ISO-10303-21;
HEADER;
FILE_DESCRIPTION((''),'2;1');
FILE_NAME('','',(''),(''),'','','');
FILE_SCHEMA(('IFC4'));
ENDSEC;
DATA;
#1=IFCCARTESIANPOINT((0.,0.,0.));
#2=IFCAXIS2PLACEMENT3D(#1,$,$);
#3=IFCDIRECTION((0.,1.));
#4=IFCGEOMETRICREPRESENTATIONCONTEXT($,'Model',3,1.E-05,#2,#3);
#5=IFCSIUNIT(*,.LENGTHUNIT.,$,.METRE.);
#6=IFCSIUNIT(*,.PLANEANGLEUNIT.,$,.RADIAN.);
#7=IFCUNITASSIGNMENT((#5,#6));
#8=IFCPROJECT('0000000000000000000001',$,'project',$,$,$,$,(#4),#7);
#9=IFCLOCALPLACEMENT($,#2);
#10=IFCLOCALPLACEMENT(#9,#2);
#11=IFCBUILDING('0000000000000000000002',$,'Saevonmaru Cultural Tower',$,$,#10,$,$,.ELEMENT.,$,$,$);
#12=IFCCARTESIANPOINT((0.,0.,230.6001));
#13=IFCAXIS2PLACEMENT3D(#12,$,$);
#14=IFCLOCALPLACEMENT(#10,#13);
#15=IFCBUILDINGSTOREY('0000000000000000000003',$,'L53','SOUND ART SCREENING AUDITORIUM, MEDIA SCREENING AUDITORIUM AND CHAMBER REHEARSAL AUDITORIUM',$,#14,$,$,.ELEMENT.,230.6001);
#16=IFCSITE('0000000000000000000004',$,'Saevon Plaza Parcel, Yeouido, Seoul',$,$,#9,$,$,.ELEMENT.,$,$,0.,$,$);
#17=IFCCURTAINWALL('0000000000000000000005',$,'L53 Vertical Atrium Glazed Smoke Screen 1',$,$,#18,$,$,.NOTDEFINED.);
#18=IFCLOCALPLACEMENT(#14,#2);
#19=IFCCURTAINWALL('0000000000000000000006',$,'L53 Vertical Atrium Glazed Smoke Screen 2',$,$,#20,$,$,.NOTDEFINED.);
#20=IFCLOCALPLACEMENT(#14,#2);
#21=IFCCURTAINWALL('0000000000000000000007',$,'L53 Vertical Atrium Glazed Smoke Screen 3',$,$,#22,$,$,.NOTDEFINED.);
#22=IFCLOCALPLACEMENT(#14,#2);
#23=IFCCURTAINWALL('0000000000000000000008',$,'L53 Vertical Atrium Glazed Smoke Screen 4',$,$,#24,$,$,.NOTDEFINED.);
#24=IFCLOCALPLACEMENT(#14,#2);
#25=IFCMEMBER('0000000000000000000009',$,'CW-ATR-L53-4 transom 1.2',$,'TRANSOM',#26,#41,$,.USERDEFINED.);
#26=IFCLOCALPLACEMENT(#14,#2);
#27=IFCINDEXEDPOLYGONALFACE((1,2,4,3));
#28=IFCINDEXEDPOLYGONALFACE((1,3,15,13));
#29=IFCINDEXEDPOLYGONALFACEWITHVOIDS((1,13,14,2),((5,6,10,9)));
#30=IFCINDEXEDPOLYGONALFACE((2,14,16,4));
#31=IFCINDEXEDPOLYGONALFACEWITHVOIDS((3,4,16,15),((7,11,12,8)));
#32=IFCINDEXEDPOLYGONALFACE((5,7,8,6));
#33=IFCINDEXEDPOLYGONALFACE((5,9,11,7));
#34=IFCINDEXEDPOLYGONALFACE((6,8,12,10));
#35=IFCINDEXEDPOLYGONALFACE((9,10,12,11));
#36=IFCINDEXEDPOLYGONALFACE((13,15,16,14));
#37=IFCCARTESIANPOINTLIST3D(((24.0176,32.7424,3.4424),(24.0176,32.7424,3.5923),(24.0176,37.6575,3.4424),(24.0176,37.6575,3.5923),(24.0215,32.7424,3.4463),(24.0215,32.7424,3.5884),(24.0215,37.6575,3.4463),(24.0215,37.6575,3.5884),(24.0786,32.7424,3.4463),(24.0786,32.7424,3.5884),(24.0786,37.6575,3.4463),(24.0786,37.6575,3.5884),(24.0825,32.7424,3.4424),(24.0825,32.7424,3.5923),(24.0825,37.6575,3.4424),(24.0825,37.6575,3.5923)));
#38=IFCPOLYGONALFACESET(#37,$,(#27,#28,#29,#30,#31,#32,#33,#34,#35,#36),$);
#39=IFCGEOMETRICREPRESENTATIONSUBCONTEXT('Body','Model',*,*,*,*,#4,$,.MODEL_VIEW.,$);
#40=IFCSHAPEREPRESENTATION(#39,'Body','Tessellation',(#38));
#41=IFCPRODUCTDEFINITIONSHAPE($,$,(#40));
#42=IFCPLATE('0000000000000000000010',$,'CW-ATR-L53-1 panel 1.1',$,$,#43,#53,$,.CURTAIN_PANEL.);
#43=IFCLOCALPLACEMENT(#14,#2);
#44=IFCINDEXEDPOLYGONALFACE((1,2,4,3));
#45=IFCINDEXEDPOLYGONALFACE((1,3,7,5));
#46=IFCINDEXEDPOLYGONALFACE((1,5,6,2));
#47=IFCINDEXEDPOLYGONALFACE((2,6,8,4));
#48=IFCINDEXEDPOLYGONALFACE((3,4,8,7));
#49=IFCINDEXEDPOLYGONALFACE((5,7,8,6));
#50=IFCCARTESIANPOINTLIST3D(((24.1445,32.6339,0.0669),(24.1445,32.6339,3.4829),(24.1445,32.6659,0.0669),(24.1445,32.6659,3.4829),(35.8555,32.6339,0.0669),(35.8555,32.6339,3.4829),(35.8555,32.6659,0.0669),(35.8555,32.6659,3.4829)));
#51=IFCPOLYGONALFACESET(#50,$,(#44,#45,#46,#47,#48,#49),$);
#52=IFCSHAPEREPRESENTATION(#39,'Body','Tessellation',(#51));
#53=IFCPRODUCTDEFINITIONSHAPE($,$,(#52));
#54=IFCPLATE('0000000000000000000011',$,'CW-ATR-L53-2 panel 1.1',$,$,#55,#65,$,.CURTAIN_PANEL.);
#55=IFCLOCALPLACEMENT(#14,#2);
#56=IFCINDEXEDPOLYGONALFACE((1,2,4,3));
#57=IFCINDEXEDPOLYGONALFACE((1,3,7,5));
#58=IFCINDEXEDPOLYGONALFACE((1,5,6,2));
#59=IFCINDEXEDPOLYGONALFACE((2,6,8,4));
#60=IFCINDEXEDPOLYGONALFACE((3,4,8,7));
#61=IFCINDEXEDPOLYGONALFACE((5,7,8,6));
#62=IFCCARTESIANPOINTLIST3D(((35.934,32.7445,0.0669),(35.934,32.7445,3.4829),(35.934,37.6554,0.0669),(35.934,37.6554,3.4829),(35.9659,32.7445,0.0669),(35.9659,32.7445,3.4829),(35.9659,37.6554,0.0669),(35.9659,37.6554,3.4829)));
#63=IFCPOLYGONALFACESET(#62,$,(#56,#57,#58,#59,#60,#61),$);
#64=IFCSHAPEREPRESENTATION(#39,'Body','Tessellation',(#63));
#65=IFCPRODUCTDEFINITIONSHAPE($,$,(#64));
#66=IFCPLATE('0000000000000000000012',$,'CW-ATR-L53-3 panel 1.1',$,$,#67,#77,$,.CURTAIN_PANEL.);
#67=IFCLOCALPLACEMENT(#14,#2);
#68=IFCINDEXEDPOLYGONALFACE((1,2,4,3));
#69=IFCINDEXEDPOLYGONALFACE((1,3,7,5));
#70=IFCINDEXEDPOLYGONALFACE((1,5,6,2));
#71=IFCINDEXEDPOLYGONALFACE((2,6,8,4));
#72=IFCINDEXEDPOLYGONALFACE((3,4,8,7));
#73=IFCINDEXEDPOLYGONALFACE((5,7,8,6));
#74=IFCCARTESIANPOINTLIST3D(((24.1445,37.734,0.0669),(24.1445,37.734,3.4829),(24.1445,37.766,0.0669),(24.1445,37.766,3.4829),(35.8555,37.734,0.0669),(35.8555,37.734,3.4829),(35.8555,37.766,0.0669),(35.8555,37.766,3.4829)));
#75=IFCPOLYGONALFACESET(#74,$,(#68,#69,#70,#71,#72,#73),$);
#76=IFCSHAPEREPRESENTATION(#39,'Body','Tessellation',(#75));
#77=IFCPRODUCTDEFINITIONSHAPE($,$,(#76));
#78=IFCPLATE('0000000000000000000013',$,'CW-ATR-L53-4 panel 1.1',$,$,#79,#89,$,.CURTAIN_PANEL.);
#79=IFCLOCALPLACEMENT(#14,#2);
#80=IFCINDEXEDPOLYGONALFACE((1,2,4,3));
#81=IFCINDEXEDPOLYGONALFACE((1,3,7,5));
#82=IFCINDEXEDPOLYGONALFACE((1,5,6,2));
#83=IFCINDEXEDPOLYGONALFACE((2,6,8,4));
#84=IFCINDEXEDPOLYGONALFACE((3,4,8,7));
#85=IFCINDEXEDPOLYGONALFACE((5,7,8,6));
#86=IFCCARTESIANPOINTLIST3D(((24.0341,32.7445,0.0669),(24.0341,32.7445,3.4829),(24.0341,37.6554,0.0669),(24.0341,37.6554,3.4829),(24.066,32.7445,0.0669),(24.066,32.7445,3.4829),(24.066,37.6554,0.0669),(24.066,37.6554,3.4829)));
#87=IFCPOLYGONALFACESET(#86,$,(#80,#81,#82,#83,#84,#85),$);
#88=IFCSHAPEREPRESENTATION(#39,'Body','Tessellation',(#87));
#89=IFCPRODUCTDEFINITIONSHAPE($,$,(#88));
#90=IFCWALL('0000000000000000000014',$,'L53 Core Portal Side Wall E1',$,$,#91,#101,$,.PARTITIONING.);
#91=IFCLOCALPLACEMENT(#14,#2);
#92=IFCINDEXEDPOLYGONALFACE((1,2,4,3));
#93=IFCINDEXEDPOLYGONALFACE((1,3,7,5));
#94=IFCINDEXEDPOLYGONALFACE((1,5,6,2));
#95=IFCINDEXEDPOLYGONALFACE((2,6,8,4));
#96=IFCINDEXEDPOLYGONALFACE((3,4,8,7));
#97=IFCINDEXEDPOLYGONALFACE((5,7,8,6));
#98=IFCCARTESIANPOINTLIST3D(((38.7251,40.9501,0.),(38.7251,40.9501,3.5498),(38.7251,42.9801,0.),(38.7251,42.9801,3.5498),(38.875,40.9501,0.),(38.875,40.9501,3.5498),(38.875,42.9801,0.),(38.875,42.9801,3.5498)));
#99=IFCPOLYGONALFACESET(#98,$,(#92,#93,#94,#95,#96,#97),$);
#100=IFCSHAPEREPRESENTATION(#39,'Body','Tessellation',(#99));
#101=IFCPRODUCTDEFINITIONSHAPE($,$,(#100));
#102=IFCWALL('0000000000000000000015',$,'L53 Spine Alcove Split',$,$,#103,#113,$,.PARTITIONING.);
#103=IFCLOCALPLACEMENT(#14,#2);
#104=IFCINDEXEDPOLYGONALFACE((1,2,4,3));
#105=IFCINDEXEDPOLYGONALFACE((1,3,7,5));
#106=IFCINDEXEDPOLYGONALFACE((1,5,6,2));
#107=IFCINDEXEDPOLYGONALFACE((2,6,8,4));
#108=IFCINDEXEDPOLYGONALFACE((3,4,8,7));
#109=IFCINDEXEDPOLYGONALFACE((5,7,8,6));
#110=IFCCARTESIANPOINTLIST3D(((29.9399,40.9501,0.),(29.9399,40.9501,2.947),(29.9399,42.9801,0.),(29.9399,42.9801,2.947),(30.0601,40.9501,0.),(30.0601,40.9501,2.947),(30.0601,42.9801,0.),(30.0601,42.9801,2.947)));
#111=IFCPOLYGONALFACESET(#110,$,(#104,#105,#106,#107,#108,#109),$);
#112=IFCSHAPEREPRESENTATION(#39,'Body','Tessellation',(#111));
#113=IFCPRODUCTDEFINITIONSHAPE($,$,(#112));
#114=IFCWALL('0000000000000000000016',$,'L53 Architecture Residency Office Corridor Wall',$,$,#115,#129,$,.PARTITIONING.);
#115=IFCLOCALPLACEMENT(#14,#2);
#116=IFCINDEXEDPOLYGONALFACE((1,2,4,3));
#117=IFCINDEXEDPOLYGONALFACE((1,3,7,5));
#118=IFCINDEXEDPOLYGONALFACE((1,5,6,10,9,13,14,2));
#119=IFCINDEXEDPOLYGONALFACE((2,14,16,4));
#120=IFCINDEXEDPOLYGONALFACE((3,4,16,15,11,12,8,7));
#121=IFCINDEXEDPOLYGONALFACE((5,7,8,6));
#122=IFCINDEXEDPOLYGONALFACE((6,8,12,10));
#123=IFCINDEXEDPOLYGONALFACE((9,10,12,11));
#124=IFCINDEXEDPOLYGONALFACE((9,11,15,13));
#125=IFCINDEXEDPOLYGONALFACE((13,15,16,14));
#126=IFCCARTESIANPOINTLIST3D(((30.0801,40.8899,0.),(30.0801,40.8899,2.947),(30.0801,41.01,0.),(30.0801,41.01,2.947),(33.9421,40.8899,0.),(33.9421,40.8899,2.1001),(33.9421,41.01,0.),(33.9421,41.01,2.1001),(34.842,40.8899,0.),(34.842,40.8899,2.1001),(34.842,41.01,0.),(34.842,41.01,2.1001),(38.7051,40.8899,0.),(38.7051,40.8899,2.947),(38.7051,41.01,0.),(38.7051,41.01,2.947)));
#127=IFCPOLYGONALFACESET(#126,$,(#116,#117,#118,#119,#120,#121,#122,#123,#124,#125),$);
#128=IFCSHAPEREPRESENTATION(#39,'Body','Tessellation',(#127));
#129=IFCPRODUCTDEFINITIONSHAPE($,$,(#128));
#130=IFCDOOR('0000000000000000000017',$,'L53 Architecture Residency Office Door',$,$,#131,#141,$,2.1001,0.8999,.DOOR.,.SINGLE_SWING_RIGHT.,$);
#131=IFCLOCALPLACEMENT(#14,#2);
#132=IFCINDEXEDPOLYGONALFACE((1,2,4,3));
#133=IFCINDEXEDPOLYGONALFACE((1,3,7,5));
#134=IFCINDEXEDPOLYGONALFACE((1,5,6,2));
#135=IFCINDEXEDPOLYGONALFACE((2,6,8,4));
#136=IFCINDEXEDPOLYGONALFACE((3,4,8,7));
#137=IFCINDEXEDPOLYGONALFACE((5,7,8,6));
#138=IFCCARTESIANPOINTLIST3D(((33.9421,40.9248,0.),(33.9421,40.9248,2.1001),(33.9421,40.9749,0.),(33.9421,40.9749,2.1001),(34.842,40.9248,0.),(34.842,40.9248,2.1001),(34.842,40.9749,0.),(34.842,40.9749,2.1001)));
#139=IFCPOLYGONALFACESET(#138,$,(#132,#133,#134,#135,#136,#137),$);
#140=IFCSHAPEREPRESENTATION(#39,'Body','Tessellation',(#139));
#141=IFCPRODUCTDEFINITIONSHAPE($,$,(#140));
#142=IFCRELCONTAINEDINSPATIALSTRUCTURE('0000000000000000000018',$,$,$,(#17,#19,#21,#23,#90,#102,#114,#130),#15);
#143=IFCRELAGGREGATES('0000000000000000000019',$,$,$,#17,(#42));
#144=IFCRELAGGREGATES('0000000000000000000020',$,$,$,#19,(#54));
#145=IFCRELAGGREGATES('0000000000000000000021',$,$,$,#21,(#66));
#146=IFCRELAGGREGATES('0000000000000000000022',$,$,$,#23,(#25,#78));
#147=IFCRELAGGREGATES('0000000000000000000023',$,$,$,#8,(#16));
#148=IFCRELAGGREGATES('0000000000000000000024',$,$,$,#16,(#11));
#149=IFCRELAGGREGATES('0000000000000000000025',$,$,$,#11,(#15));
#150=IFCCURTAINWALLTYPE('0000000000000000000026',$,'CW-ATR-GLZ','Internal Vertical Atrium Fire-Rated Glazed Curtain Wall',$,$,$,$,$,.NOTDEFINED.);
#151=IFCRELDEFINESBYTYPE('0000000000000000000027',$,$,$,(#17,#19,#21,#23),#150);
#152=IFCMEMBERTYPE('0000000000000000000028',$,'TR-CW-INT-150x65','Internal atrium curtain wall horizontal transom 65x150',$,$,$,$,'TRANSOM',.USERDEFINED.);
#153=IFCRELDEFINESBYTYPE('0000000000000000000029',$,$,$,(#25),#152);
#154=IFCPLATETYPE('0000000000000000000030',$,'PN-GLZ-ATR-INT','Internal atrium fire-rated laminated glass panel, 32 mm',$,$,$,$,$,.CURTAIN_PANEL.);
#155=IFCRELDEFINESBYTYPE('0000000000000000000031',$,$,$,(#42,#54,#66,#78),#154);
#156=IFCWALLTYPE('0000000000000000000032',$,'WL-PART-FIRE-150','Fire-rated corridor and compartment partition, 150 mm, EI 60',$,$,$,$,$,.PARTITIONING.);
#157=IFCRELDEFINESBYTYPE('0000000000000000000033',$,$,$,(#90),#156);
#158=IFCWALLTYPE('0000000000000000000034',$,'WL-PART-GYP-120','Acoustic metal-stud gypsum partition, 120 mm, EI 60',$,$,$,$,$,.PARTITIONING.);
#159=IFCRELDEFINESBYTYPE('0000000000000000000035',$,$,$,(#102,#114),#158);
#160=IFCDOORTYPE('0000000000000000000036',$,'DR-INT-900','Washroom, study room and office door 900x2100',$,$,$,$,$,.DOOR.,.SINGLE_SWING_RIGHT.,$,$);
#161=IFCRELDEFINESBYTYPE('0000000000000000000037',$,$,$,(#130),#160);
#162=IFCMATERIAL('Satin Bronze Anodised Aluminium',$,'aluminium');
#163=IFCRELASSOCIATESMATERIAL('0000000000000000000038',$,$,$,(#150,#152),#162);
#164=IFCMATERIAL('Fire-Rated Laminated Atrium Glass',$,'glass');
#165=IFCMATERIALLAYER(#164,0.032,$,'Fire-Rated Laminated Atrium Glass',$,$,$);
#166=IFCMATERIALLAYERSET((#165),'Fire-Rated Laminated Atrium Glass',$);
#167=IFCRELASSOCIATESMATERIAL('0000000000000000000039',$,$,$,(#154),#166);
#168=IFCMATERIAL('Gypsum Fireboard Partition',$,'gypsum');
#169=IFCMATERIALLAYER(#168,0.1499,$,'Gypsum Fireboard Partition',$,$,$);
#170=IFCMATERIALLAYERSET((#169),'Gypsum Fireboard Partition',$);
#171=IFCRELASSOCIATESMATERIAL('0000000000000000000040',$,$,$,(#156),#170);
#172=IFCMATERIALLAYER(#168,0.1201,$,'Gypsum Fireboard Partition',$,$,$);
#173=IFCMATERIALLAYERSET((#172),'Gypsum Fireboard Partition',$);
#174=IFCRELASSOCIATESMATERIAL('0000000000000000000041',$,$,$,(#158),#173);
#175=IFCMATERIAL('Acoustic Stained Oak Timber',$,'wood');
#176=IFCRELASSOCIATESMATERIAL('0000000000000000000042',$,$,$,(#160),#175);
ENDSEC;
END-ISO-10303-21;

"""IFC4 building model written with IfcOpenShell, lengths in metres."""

from ifc_helpers import new_model, si_unit, direction, frame, frame_2d, origin, origin_2d, place, context, subcontext, project, spatial, rectangle, hollow_rectangle, extrude, material, layer, layer_set, material_profile, profile_set, type_object, element, fill, aggregate, save


model = new_model("IFC4")

# Units and contexts
model_context = context("Model", 3, precision=1e-05, world=origin(), true_north=direction((0.0, 1.0)))
body_context = subcontext(model_context, "Body", "Model", "MODEL_VIEW")
ifc_project = project(units=[si_unit("LENGTHUNIT", "METRE"), si_unit("PLANEANGLEUNIT", "RADIAN")], contexts=[model_context])

# Site, building, storey
site_placement = place(None, origin())
site = spatial("IfcSite", under=ifc_project, at=site_placement, Name="Saevon Plaza Parcel, Yeouido, Seoul", CompositionType="ELEMENT", RefElevation=0.0)
building_placement = place(site_placement, origin())
building = spatial("IfcBuilding", under=site, at=building_placement, Name="Saevonmaru Cultural Tower", CompositionType="ELEMENT")
storey_placement = place(building_placement, frame((0.0, 0.0, 230.6001)))
storey = spatial("IfcBuildingStorey", under=building, at=storey_placement, Name="L53", Description="SOUND ART SCREENING AUDITORIUM, MEDIA SCREENING AUDITORIUM AND CHAMBER REHEARSAL AUDITORIUM", CompositionType="ELEMENT", Elevation=230.6001)

# Curtain wall
ifc_material_1 = material(Name="Satin Bronze Anodised Aluminium", Category="aluminium")
curtain_wall_type = type_object("IfcCurtainWallType", Name="CW-ATR-GLZ", Description="Internal Vertical Atrium Fire-Rated Glazed Curtain Wall", PredefinedType="NOTDEFINED", material=ifc_material_1)
curtain_wall_1_placement = place(storey_placement, origin())
curtain_wall_1 = element("IfcCurtainWall", 1, at=curtain_wall_1_placement, inside=storey, type_object=curtain_wall_type, Name="L53 Vertical Atrium Glazed Smoke Screen 1", PredefinedType="NOTDEFINED")

# Curtain walls
curtain_wall_2_placement = place(storey_placement, origin())
curtain_wall_2 = element("IfcCurtainWall", 2, at=curtain_wall_2_placement, inside=storey, type_object=curtain_wall_type, Name="L53 Vertical Atrium Glazed Smoke Screen 2", PredefinedType="NOTDEFINED")
curtain_wall_3_placement = place(storey_placement, origin())
curtain_wall_3 = element("IfcCurtainWall", 3, at=curtain_wall_3_placement, inside=storey, type_object=curtain_wall_type, Name="L53 Vertical Atrium Glazed Smoke Screen 3", PredefinedType="NOTDEFINED")

# Curtain wall
curtain_wall_4_placement = place(storey_placement, origin())
curtain_wall_4 = element("IfcCurtainWall", 4, at=curtain_wall_4_placement, inside=storey, type_object=curtain_wall_type, Name="L53 Vertical Atrium Glazed Smoke Screen 4", PredefinedType="NOTDEFINED")

# Member
ifc_material_profile_1 = material_profile(ifc_material_1, hollow_rectangle(XDim=0.0649, YDim=0.1499, WallThickness=0.0039, at=origin_2d()), Name="ALU-TRAN-150x65x4")
ifc_profile_set_1 = profile_set([ifc_material_profile_1], Name="Satin Bronze Anodised Aluminium")
member_type_1 = type_object("IfcMemberType", Name="TR-CW-INT-150x65", Description="Internal atrium curtain wall horizontal transom 65x150", ElementType="TRANSOM", PredefinedType="USERDEFINED", material=ifc_profile_set_1)
member_1_placement = place(storey_placement, frame((24.05, 37.6575, 3.5173), z_axis=(0.0, -1.0, 0.0), x_axis=(1.0, 0.0, 0.0)))
member_1 = element("IfcMember", 5, at=member_1_placement, type_object=member_type_1, Name="CW-ATR-L53-4 transom 1.2", ObjectType="TRANSOM", PredefinedType="USERDEFINED", context=body_context, shape_type="SweptSolid", body=[
    extrude(hollow_rectangle(XDim=0.0649, YDim=0.1499, WallThickness=0.0039, at=origin_2d()), origin(), (0.0, 0.0, 1.0), 4.915),
])

# Plates
ifc_material_2 = material(Name="Fire-Rated Laminated Atrium Glass", Category="glass")
ifc_layer_1 = layer(ifc_material_2, 0.032, Name="Fire-Rated Laminated Atrium Glass")
ifc_layer_set_1 = layer_set([ifc_layer_1], Name="Fire-Rated Laminated Atrium Glass")
plate_type = type_object("IfcPlateType", Name="PN-GLZ-ATR-INT", Description="Internal atrium fire-rated laminated glass panel, 32 mm", PredefinedType="CURTAIN_PANEL", material=ifc_layer_set_1)
plate_1_placement = place(storey_placement, frame((30.0, 32.6499, 0.0669), z_axis=(0.0, 0.0, 1.0), x_axis=(1.0, 0.0, 0.0)))
plate_1 = element("IfcPlate", 6, at=plate_1_placement, type_object=plate_type, Name="CW-ATR-L53-1 panel 1.1", PredefinedType="CURTAIN_PANEL", context=body_context, shape_type="SweptSolid", body=[
    extrude(rectangle(XDim=11.7109, YDim=0.032, at=origin_2d()), origin(), (0.0, 0.0, 1.0), 3.416),
])
aggregate(curtain_wall_1, [plate_1])
plate_2_placement = place(storey_placement, frame((35.95, 35.2, 0.0669), z_axis=(0.0, 0.0, 1.0), x_axis=(0.0, 1.0, 0.0)))
plate_2 = element("IfcPlate", 7, at=plate_2_placement, type_object=plate_type, Name="CW-ATR-L53-2 panel 1.1", PredefinedType="CURTAIN_PANEL", context=body_context, shape_type="SweptSolid", body=[
    extrude(rectangle(XDim=4.9109, YDim=0.032, at=origin_2d()), origin(), (0.0, 0.0, 1.0), 3.416),
])
aggregate(curtain_wall_2, [plate_2])
plate_3_placement = place(storey_placement, frame((30.0, 37.75, 0.0669), z_axis=(0.0, 0.0, 1.0), x_axis=(-1.0, 0.0, 0.0)))
plate_3 = element("IfcPlate", 8, at=plate_3_placement, type_object=plate_type, Name="CW-ATR-L53-3 panel 1.1", PredefinedType="CURTAIN_PANEL", context=body_context, shape_type="SweptSolid", body=[
    extrude(rectangle(XDim=11.7109, YDim=0.032, at=origin_2d()), origin(), (0.0, 0.0, 1.0), 3.416),
])
aggregate(curtain_wall_3, [plate_3])
plate_4_placement = place(storey_placement, frame((24.05, 35.2, 0.0669), z_axis=(0.0, 0.0, 1.0), x_axis=(0.0, -1.0, 0.0)))
plate_4 = element("IfcPlate", 9, at=plate_4_placement, type_object=plate_type, Name="CW-ATR-L53-4 panel 1.1", PredefinedType="CURTAIN_PANEL", context=body_context, shape_type="SweptSolid", body=[
    extrude(rectangle(XDim=4.9109, YDim=0.032, at=origin_2d()), origin(), (0.0, 0.0, 1.0), 3.416),
])
aggregate(curtain_wall_4, [member_1, plate_4])

# Wall
ifc_material_3 = material(Name="Gypsum Fireboard Partition", Category="gypsum")
ifc_layer_2 = layer(ifc_material_3, 0.1499, Name="Gypsum Fireboard Partition")
ifc_layer_set_2 = layer_set([ifc_layer_2], Name="Gypsum Fireboard Partition")
wall_type_1 = type_object("IfcWallType", Name="WL-PART-FIRE-150", Description="Fire-rated corridor and compartment partition, 150 mm, EI 60", PredefinedType="PARTITIONING", material=ifc_layer_set_2)
wall_1_placement = place(storey_placement, frame((38.8, 40.95, 0.0), z_axis=(0.0, 0.0, 1.0), x_axis=(0.0, 1.0, 0.0)))
element("IfcWall", 10, at=wall_1_placement, inside=storey, type_object=wall_type_1, Name="L53 Core Portal Side Wall E1", PredefinedType="PARTITIONING", context=body_context, shape_type="SweptSolid", body=[
    extrude(rectangle(XDim=2.03, YDim=0.1499, at=frame_2d((1.0151, 0.0))), origin(), (0.0, 0.0, 1.0), 3.5498),
])

# Shared definitions
ifc_material_4 = material(Name="Acoustic Stained Oak Timber", Category="wood")

# Wall
ifc_layer_3 = layer(ifc_material_3, 0.1201, Name="Gypsum Fireboard Partition")
ifc_layer_set_3 = layer_set([ifc_layer_3], Name="Gypsum Fireboard Partition")
wall_type_2 = type_object("IfcWallType", Name="WL-PART-GYP-120", Description="Acoustic metal-stud gypsum partition, 120 mm, EI 60", PredefinedType="PARTITIONING", material=ifc_layer_set_3)
wall_2_placement = place(storey_placement, frame((30.0, 40.95, 0.0), z_axis=(0.0, 0.0, 1.0), x_axis=(0.0, 1.0, 0.0)))
element("IfcWall", 11, at=wall_2_placement, inside=storey, type_object=wall_type_2, Name="L53 Spine Alcove Split", PredefinedType="PARTITIONING", context=body_context, shape_type="SweptSolid", body=[
    extrude(rectangle(XDim=2.03, YDim=0.1201, at=frame_2d((1.0151, 0.0))), origin(), (0.0, 0.0, 1.0), 2.947),
])

# Wall, opening, door
wall_3_placement = place(storey_placement, frame((30.0801, 40.95, 0.0), z_axis=(0.0, 0.0, 1.0), x_axis=(1.0, 0.0, 0.0)))
wall_3 = element("IfcWall", 12, at=wall_3_placement, inside=storey, type_object=wall_type_2, Name="L53 Architecture Residency Office Corridor Wall", PredefinedType="PARTITIONING", context=body_context, shape_type="SweptSolid", body=[
    extrude(rectangle(XDim=8.625, YDim=0.1201, at=frame_2d((4.3125, 0.0))), origin(), (0.0, 0.0, 1.0), 2.947),
])
opening_1_placement = place(wall_3_placement, frame((3.8621, 0.0, 0.0)))
opening_1 = element("IfcOpeningElement", 13, at=opening_1_placement, cuts=wall_3, PredefinedType="OPENING", context=body_context, shape_type="SweptSolid", body=[
    extrude(rectangle(XDim=0.8999, YDim=2.1001, at=frame_2d((0.45, 1.05))), frame((0.0, 0.0701, 0.0), z_axis=(0.0, -1.0, 0.0), x_axis=(1.0, 0.0, 0.0)), (0.0, 0.0, 1.0), 0.1401),
])
door_type_1 = type_object("IfcDoorType", Name="DR-INT-900", Description="Washroom, study room and office door 900x2100", OperationType="SINGLE_SWING_RIGHT", PredefinedType="DOOR", material=ifc_material_4)
door_1_placement = place(opening_1_placement, origin())
door_1 = element("IfcDoor", 14, at=door_1_placement, inside=storey, type_object=door_type_1, Name="L53 Architecture Residency Office Door", OperationType="SINGLE_SWING_RIGHT", OverallHeight=2.1001, OverallWidth=0.8999, PredefinedType="DOOR", context=body_context, shape_type="SweptSolid", body=[
    extrude(rectangle(XDim=0.8999, YDim=2.1001, at=frame_2d((0.45, 1.05))), frame((0.0, 0.0249, 0.0), z_axis=(0.0, -1.0, 0.0), x_axis=(1.0, 0.0, 0.0)), (0.0, 0.0, 1.0), 0.05),
])
fill(opening_1, door_1)

save(model, "model.ifc")
